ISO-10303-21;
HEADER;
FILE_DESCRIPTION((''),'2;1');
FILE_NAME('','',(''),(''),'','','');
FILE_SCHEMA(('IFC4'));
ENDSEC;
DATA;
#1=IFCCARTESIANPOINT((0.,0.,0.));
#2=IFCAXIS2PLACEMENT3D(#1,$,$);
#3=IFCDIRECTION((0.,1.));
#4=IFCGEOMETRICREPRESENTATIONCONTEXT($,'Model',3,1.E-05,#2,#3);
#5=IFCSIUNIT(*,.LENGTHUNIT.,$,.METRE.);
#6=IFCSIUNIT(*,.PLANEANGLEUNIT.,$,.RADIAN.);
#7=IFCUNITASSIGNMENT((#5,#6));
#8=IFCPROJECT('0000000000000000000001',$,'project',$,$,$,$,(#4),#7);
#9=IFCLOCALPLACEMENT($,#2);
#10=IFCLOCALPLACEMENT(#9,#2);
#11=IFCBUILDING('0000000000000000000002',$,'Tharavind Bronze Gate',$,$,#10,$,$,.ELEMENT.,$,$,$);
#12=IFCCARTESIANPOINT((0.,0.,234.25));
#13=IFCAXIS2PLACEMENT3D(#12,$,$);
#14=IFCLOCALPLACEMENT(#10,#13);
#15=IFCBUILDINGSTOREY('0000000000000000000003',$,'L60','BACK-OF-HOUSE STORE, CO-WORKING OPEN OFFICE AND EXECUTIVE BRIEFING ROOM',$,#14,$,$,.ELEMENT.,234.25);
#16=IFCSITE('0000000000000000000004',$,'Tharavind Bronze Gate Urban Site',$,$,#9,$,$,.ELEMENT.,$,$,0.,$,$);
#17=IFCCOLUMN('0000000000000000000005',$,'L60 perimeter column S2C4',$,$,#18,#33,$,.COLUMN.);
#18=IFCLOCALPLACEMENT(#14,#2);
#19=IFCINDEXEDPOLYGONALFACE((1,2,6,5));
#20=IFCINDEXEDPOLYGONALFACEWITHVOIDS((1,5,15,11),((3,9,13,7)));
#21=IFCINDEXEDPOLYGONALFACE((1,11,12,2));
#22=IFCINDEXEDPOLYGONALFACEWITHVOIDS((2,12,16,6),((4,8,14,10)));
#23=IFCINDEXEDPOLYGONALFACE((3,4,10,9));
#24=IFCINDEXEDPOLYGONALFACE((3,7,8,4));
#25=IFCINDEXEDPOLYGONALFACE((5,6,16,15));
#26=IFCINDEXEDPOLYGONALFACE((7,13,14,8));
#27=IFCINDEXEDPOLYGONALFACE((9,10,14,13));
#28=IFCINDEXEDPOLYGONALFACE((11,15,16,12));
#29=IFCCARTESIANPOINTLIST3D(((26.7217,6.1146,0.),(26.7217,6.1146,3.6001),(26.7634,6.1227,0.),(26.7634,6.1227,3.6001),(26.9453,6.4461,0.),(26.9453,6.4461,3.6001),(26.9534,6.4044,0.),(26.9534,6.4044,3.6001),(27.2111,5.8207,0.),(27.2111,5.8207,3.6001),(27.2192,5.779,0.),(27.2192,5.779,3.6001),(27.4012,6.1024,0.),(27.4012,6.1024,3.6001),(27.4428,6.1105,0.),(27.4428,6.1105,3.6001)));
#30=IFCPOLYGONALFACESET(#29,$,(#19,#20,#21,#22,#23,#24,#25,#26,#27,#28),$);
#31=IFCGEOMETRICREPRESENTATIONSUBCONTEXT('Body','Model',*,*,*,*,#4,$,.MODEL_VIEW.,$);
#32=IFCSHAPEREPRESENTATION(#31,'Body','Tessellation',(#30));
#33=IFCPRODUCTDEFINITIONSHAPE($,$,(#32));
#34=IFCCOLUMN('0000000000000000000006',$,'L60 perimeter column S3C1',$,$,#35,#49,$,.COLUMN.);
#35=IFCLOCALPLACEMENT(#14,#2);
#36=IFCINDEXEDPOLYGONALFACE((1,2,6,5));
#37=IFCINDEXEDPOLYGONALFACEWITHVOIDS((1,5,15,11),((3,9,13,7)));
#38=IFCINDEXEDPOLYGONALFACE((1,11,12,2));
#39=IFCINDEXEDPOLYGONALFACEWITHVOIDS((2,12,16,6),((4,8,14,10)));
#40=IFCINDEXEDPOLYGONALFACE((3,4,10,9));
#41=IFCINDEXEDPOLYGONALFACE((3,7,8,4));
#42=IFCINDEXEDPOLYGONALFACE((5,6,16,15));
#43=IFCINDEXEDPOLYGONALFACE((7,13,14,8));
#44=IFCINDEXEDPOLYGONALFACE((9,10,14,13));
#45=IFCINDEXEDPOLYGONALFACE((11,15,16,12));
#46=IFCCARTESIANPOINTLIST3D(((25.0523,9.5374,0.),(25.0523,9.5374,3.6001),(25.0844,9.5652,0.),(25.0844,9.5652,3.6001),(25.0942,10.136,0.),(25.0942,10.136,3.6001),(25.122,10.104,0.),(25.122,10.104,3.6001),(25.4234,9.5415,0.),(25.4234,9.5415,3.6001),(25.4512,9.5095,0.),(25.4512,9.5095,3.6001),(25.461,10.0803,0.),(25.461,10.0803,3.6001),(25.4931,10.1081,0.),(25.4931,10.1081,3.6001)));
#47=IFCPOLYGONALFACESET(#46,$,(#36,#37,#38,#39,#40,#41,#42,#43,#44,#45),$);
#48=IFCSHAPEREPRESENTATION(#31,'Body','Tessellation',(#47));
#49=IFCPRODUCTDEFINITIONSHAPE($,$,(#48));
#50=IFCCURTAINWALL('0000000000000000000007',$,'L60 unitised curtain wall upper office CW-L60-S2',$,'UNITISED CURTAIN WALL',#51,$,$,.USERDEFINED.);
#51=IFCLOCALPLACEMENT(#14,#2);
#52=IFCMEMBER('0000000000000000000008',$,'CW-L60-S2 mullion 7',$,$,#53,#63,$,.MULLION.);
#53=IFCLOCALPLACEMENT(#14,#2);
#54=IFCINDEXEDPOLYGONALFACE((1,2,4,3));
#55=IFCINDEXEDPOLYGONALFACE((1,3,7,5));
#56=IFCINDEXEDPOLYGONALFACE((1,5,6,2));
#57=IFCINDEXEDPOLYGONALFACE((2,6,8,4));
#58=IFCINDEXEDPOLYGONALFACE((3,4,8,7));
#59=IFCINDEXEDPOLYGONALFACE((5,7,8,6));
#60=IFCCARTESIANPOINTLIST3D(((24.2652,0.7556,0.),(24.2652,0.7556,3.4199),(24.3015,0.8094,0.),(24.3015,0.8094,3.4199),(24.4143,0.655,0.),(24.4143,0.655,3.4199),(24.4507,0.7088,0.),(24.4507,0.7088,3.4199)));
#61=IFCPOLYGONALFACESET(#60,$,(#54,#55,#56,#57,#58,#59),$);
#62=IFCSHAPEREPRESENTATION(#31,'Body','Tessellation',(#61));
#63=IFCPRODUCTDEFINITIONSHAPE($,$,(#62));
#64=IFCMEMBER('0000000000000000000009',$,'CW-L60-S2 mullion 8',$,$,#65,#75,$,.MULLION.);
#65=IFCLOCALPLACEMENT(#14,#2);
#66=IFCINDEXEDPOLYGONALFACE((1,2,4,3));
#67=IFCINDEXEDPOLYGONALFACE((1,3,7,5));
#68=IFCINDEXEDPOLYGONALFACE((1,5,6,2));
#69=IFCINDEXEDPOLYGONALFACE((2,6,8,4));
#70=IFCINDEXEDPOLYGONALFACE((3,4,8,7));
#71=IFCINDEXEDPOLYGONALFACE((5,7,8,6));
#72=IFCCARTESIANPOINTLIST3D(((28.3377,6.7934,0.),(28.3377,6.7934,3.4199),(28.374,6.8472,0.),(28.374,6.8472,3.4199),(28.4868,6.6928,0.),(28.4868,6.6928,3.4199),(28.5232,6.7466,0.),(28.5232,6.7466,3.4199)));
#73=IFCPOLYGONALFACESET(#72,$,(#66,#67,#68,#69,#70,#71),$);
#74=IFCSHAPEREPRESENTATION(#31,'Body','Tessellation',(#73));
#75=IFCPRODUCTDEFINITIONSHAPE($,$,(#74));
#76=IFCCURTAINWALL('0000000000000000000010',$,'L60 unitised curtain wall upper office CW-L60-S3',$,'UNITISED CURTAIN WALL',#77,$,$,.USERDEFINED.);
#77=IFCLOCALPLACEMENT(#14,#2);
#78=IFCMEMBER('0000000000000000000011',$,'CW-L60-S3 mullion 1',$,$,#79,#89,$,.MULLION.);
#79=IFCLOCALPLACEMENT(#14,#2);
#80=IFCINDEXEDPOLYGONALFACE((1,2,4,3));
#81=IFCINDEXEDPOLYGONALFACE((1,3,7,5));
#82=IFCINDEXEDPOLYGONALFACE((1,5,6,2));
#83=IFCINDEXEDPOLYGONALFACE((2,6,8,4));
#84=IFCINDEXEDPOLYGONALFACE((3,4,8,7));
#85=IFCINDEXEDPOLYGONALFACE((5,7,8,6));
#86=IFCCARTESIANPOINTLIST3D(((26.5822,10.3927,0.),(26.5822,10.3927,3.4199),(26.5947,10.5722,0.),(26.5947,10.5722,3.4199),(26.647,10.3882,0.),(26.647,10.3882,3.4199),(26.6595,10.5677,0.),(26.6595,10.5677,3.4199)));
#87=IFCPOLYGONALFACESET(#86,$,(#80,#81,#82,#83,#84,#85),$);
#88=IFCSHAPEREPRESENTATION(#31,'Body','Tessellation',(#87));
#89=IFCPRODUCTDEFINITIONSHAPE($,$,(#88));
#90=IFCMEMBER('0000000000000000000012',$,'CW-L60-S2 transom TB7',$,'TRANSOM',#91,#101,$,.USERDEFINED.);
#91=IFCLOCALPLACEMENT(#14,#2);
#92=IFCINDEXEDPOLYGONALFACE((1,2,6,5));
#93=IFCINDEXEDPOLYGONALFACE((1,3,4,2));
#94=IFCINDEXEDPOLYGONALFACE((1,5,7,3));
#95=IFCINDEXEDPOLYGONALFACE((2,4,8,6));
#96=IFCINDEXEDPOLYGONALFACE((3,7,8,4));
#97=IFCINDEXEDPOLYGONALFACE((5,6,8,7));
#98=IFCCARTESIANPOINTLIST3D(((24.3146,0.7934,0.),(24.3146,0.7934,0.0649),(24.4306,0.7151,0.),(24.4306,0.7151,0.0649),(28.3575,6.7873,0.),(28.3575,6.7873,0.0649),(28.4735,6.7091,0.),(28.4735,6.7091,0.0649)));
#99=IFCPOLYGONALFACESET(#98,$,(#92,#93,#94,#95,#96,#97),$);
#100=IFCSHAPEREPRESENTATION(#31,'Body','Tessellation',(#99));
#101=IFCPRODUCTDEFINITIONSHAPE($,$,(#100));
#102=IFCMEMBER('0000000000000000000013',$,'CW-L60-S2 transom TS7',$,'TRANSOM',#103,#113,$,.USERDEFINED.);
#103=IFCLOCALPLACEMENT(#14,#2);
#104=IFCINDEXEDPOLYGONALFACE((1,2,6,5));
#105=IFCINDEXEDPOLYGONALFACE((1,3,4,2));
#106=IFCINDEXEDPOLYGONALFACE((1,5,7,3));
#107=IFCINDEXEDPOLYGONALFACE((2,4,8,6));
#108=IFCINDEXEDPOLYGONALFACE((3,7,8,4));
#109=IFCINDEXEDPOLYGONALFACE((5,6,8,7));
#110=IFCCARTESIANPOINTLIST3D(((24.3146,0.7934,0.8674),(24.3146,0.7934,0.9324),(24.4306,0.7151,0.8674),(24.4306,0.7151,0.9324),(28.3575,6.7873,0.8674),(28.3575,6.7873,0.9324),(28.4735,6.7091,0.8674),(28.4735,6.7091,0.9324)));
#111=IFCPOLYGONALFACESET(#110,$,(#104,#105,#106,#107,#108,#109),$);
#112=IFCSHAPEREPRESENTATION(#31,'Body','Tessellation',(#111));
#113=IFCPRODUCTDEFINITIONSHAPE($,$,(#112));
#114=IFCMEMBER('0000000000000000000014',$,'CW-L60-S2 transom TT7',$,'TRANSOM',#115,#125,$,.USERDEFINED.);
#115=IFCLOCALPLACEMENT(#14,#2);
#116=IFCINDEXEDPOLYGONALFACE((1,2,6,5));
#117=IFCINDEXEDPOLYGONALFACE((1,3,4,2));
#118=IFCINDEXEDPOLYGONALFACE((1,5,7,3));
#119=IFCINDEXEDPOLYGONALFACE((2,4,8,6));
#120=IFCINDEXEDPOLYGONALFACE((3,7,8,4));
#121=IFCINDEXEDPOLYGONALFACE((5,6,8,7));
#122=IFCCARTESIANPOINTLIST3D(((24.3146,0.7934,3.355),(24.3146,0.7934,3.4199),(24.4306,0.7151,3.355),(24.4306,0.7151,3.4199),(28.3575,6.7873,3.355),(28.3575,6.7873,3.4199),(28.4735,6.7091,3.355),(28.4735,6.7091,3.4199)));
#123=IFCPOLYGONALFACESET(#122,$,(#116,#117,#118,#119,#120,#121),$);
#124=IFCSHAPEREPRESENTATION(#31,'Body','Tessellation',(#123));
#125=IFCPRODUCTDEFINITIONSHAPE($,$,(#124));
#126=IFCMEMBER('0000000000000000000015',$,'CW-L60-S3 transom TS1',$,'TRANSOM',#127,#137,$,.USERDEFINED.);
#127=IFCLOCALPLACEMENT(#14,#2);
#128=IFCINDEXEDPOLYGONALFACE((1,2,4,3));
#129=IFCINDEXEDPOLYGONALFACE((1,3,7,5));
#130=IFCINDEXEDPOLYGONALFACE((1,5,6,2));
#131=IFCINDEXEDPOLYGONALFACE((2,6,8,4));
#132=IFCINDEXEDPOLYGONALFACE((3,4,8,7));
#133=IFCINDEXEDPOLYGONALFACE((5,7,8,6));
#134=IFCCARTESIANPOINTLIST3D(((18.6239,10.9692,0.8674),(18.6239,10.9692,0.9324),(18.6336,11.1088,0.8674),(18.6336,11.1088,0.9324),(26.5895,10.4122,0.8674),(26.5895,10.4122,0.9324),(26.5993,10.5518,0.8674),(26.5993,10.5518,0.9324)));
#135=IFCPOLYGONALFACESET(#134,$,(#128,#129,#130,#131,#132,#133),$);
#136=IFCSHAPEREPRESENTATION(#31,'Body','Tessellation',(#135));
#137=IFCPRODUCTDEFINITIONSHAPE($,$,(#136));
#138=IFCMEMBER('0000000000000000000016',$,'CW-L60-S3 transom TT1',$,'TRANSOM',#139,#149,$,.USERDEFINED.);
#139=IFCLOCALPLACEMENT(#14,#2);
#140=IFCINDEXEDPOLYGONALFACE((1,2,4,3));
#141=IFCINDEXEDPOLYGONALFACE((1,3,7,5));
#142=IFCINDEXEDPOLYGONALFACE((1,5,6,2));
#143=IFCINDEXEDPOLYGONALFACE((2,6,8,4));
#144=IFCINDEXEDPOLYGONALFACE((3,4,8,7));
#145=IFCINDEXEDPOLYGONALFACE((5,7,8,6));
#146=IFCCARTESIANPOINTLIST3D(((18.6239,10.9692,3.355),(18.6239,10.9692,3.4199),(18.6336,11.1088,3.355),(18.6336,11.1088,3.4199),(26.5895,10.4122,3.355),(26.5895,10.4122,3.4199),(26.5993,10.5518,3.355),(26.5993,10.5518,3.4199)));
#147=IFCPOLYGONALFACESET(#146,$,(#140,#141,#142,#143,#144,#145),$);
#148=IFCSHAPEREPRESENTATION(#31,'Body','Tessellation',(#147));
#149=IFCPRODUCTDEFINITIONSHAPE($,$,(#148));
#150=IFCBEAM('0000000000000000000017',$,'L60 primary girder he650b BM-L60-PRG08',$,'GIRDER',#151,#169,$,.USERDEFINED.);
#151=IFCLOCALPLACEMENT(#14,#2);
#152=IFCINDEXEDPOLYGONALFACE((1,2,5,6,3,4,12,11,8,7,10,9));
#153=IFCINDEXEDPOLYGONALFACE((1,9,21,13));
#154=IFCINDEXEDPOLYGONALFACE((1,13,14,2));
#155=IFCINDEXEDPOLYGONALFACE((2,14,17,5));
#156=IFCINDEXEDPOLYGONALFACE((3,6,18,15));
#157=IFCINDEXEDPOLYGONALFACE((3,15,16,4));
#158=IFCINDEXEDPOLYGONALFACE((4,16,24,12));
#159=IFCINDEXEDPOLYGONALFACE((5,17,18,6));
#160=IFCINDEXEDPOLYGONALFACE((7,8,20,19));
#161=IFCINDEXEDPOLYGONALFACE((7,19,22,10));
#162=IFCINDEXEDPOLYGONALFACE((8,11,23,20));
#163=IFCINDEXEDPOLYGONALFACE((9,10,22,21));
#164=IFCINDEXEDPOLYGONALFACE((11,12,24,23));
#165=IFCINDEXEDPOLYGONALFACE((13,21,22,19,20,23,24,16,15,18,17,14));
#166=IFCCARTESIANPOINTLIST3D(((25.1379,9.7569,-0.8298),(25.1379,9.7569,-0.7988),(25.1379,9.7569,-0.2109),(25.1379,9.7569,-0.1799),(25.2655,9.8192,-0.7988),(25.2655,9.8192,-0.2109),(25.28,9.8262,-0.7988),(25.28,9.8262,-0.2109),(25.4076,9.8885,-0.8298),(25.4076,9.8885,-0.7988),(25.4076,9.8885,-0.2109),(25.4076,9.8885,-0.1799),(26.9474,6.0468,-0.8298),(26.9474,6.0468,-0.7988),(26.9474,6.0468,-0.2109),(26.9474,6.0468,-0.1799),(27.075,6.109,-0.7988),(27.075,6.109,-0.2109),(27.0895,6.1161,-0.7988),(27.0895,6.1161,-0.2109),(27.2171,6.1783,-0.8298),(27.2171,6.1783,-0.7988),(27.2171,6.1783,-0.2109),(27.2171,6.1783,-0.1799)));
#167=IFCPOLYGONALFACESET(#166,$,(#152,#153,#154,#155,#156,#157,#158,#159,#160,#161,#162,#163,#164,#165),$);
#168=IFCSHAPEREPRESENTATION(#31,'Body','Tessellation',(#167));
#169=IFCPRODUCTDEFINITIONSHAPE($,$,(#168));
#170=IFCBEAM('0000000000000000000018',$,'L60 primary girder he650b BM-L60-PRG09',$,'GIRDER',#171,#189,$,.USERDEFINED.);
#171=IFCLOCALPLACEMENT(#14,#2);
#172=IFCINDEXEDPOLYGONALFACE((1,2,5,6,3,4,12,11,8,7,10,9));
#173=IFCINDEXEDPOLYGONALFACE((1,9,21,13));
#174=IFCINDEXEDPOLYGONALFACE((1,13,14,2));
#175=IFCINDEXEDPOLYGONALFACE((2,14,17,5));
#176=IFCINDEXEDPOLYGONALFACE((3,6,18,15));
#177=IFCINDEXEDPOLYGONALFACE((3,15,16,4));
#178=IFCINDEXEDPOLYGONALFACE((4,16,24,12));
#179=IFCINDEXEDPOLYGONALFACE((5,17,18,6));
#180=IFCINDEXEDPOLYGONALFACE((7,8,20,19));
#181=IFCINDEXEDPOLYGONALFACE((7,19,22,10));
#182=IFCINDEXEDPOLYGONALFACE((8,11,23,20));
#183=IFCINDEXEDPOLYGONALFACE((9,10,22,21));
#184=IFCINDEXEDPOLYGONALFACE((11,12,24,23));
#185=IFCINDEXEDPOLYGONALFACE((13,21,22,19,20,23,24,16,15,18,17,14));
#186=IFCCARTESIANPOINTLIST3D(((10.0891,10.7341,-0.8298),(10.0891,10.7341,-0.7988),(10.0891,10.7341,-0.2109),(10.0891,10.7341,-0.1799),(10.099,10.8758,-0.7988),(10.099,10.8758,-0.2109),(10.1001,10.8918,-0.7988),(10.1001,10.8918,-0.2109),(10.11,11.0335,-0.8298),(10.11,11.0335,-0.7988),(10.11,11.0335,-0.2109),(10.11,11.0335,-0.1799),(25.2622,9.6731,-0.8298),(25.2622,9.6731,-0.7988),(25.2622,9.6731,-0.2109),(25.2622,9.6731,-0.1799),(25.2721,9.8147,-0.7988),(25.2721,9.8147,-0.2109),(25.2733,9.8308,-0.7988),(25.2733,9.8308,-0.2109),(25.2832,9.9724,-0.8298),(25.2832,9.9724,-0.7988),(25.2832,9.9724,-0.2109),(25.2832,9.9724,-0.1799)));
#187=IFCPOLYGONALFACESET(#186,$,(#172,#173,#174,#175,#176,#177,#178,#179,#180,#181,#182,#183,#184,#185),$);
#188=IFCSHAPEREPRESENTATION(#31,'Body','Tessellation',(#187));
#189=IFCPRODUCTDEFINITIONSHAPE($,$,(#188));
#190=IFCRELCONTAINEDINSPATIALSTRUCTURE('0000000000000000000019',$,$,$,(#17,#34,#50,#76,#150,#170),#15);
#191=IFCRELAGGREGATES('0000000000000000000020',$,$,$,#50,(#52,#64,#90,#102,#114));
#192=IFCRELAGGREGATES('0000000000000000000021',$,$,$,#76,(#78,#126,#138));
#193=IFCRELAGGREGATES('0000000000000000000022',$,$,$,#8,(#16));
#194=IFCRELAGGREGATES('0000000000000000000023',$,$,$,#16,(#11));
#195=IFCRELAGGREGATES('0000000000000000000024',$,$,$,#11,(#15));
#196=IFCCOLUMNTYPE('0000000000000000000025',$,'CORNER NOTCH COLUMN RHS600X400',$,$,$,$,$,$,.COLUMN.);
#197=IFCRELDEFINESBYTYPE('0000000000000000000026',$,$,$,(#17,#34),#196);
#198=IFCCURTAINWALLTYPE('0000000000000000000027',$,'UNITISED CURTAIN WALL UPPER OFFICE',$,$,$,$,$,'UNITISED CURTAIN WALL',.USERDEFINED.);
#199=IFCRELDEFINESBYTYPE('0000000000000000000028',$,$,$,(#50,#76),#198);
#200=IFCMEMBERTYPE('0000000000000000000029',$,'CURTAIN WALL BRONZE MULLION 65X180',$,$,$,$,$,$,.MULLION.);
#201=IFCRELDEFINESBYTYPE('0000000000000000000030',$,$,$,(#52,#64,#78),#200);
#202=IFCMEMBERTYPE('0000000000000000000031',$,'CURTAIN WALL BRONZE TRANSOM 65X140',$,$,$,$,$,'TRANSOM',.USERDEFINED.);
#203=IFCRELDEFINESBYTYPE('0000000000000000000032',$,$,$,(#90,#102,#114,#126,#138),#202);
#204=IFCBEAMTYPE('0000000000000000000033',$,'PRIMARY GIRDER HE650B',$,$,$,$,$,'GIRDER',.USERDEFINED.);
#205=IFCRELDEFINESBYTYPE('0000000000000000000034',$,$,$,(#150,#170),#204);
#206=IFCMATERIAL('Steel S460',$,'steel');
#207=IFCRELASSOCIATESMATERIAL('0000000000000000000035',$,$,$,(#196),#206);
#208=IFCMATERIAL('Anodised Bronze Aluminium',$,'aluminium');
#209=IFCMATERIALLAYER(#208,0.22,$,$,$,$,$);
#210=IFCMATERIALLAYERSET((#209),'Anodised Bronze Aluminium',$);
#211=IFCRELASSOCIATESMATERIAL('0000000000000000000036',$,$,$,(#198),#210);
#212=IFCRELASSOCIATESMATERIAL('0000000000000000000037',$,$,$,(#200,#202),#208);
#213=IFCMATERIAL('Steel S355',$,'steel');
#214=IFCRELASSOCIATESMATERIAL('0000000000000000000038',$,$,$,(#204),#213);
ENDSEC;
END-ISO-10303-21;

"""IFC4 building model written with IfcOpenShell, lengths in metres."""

from ifc_helpers import new_model, si_unit, direction, frame, origin, origin_2d, place, context, subcontext, project, spatial, rectangle, hollow_rectangle, i_section, extrude, material, layer, layer_set, material_profile, profile_set, type_object, element, aggregate, save


model = new_model("IFC4")

# Units and contexts
model_context = context("Model", 3, precision=1e-05, world=origin(), true_north=direction((0.0, 1.0)))
body_context = subcontext(model_context, "Body", "Model", "MODEL_VIEW")
ifc_project = project(units=[si_unit("LENGTHUNIT", "METRE"), si_unit("PLANEANGLEUNIT", "RADIAN")], contexts=[model_context])

# Site, building, storey
site_placement = place(None, origin())
site = spatial("IfcSite", under=ifc_project, at=site_placement, Name="Tharavind Bronze Gate Urban Site", CompositionType="ELEMENT", RefElevation=0.0)
building_placement = place(site_placement, origin())
building = spatial("IfcBuilding", under=site, at=building_placement, Name="Tharavind Bronze Gate", CompositionType="ELEMENT")
storey_placement = place(building_placement, frame((0.0, 0.0, 234.25)))
storey = spatial("IfcBuildingStorey", under=building, at=storey_placement, Name="L60", Description="BACK-OF-HOUSE STORE, CO-WORKING OPEN OFFICE AND EXECUTIVE BRIEFING ROOM", CompositionType="ELEMENT", Elevation=234.25)

# Columns
ifc_material_1 = material(Name="Steel S460", Category="steel")
ifc_material_profile_1 = material_profile(ifc_material_1, hollow_rectangle(XDim=0.3999, YDim=0.6001, WallThickness=0.03, at=origin_2d()), Name="RHS600X400X30")
ifc_profile_set_1 = profile_set([ifc_material_profile_1], Name="Steel S460")
column_type = type_object("IfcColumnType", Name="CORNER NOTCH COLUMN RHS600X400", PredefinedType="COLUMN", material=ifc_profile_set_1)
for number, where, z_axis, x_axis, name in (
    (1, (27.0823, 6.1125, 0.0), (0.0, 0.0, 1.0), (0.559194, 0.829037, 0.0), "L60 perimeter column S2C4"),
    (2, (25.2727, 9.8228, 0.0), (0.0, 0.0, 1.0), (-0.997564, 0.069756, 0.0), "L60 perimeter column S3C1"),
):
    element("IfcColumn", number, at=place(storey_placement, frame(where, z_axis=z_axis, x_axis=x_axis)), inside=storey, type_object=column_type, Name=name, PredefinedType="COLUMN", context=body_context, shape_type="SweptSolid", body=[
        extrude(hollow_rectangle(XDim=0.3999, YDim=0.6001, WallThickness=0.03, at=origin_2d()), origin(), (0.0, 0.0, 1.0), 3.6001),
    ])

# Curtain wall, members
ifc_material_2 = material(Name="Anodised Bronze Aluminium", Category="aluminium")
ifc_layer_1 = layer(ifc_material_2, 0.22)
ifc_layer_set_1 = layer_set([ifc_layer_1], Name="Anodised Bronze Aluminium")
curtain_wall_type = type_object("IfcCurtainWallType", Name="UNITISED CURTAIN WALL UPPER OFFICE", ElementType="UNITISED CURTAIN WALL", PredefinedType="USERDEFINED", material=ifc_layer_set_1)
curtain_wall_1_placement = place(storey_placement, origin())
curtain_wall_1 = element("IfcCurtainWall", 3, at=curtain_wall_1_placement, inside=storey, type_object=curtain_wall_type, Name="L60 unitised curtain wall upper office CW-L60-S2", ObjectType="UNITISED CURTAIN WALL", PredefinedType="USERDEFINED")
member_type_1 = type_object("IfcMemberType", Name="CURTAIN WALL BRONZE MULLION 65X180", PredefinedType="MULLION", material=ifc_material_2)
member_1_placement = place(storey_placement, frame((24.3579, 0.7322, 0.0), z_axis=(0.0, 0.0, 1.0), x_axis=(0.559193, 0.829038, 0.0)))
member_1 = element("IfcMember", 4, at=member_1_placement, type_object=member_type_1, Name="CW-L60-S2 mullion 7", PredefinedType="MULLION", context=body_context, shape_type="SweptSolid", body=[
    extrude(rectangle(XDim=0.0649, YDim=0.1799, at=origin_2d()), origin(), (0.0, 0.0, 1.0), 3.4199),
])
member_2_placement = place(storey_placement, frame((28.4304, 6.77, 0.0), z_axis=(0.0, 0.0, 1.0), x_axis=(0.559193, 0.829038, 0.0)))
member_2 = element("IfcMember", 5, at=member_2_placement, type_object=member_type_1, Name="CW-L60-S2 mullion 8", PredefinedType="MULLION", context=body_context, shape_type="SweptSolid", body=[
    extrude(rectangle(XDim=0.0649, YDim=0.1799, at=origin_2d()), origin(), (0.0, 0.0, 1.0), 3.4199),
])

# Curtain wall, member
curtain_wall_2_placement = place(storey_placement, origin())
curtain_wall_2 = element("IfcCurtainWall", 6, at=curtain_wall_2_placement, inside=storey, type_object=curtain_wall_type, Name="L60 unitised curtain wall upper office CW-L60-S3", ObjectType="UNITISED CURTAIN WALL", PredefinedType="USERDEFINED")
member_3_placement = place(storey_placement, frame((26.6208, 10.4802, 0.0), z_axis=(0.0, 0.0, 1.0), x_axis=(-0.997564, 0.069758, 0.0)))
member_3 = element("IfcMember", 7, at=member_3_placement, type_object=member_type_1, Name="CW-L60-S3 mullion 1", PredefinedType="MULLION", context=body_context, shape_type="SweptSolid", body=[
    extrude(rectangle(XDim=0.0649, YDim=0.1799, at=origin_2d()), origin(), (0.0, 0.0, 1.0), 3.4199),
])

# Members
member_type_2 = type_object("IfcMemberType", Name="CURTAIN WALL BRONZE TRANSOM 65X140", ElementType="TRANSOM", PredefinedType="USERDEFINED", material=ifc_material_2)
member_4_placement = place(storey_placement, frame((26.394, 3.7512, 0.0), z_axis=(0.0, 0.0, 1.0), x_axis=(0.559193, 0.829038, 0.0)))
member_4 = element("IfcMember", 8, at=member_4_placement, type_object=member_type_2, Name="CW-L60-S2 transom TB7", ObjectType="TRANSOM", PredefinedType="USERDEFINED", context=body_context, shape_type="SweptSolid", body=[
    extrude(rectangle(XDim=7.23, YDim=0.1399, at=origin_2d()), origin(), (0.0, 0.0, 1.0), 0.0649),
])
member_5_placement = place(storey_placement, frame((26.394, 3.7512, 0.8674), z_axis=(0.0, 0.0, 1.0), x_axis=(0.559193, 0.829038, 0.0)))
member_5 = element("IfcMember", 9, at=member_5_placement, type_object=member_type_2, Name="CW-L60-S2 transom TS7", ObjectType="TRANSOM", PredefinedType="USERDEFINED", context=body_context, shape_type="SweptSolid", body=[
    extrude(rectangle(XDim=7.23, YDim=0.1399, at=origin_2d()), origin(), (0.0, 0.0, 1.0), 0.0649),
])
member_6_placement = place(storey_placement, frame((26.394, 3.7512, 3.355), z_axis=(0.0, 0.0, 1.0), x_axis=(0.559193, 0.829038, 0.0)))
member_6 = element("IfcMember", 10, at=member_6_placement, type_object=member_type_2, Name="CW-L60-S2 transom TT7", ObjectType="TRANSOM", PredefinedType="USERDEFINED", context=body_context, shape_type="SweptSolid", body=[
    extrude(rectangle(XDim=7.23, YDim=0.1399, at=origin_2d()), origin(), (0.0, 0.0, 1.0), 0.0649),
])
member_7_placement = place(storey_placement, frame((22.6116, 10.7605, 0.8674), z_axis=(0.0, 0.0, 1.0), x_axis=(-0.997564, 0.069758, 0.0)))
member_7 = element("IfcMember", 11, at=member_7_placement, type_object=member_type_2, Name="CW-L60-S3 transom TS1", ObjectType="TRANSOM", PredefinedType="USERDEFINED", context=body_context, shape_type="SweptSolid", body=[
    extrude(rectangle(XDim=7.9851, YDim=0.1399, at=origin_2d()), origin(), (0.0, 0.0, 1.0), 0.0649),
])
member_8_placement = place(storey_placement, frame((22.6116, 10.7605, 3.355), z_axis=(0.0, 0.0, 1.0), x_axis=(-0.997564, 0.069758, 0.0)))
member_8 = element("IfcMember", 12, at=member_8_placement, type_object=member_type_2, Name="CW-L60-S3 transom TT1", ObjectType="TRANSOM", PredefinedType="USERDEFINED", context=body_context, shape_type="SweptSolid", body=[
    extrude(rectangle(XDim=7.9851, YDim=0.1399, at=origin_2d()), origin(), (0.0, 0.0, 1.0), 0.0649),
])

# Beams
ifc_material_3 = material(Name="Steel S355", Category="steel")
ifc_material_profile_2 = material_profile(ifc_material_3, i_section(OverallWidth=0.3, OverallDepth=0.6499, WebThickness=0.0161, FlangeThickness=0.031, at=origin_2d()), Name="HE650B")
ifc_profile_set_2 = profile_set([ifc_material_profile_2], Name="Steel S355")
beam_type_1 = type_object("IfcBeamType", Name="PRIMARY GIRDER HE650B", ElementType="GIRDER", PredefinedType="USERDEFINED", material=ifc_profile_set_2)
beam_1_placement = place(storey_placement, frame((27.0823, 6.1125, -0.5049), z_axis=(-0.438368, 0.898796, 0.0), x_axis=(-0.898796, -0.438368, 0.0)))
element("IfcBeam", 13, at=beam_1_placement, inside=storey, type_object=beam_type_1, Name="L60 primary girder he650b BM-L60-PRG08", ObjectType="GIRDER", PredefinedType="USERDEFINED", context=body_context, shape_type="SweptSolid", body=[
    extrude(i_section(OverallWidth=0.3, OverallDepth=0.6499, WebThickness=0.0161, FlangeThickness=0.031, at=origin_2d()), origin(), (0.0, 0.0, 1.0), 4.1279),
])
beam_2_placement = place(storey_placement, frame((25.2727, 9.8228, -0.5049), z_axis=(-0.997564, 0.069758, 0.0), x_axis=(-0.069758, -0.997564, 0.0)))
element("IfcBeam", 14, at=beam_2_placement, inside=storey, type_object=beam_type_1, Name="L60 primary girder he650b BM-L60-PRG09", ObjectType="GIRDER", PredefinedType="USERDEFINED", context=body_context, shape_type="SweptSolid", body=[
    extrude(i_section(OverallWidth=0.3, OverallDepth=0.6499, WebThickness=0.0161, FlangeThickness=0.031, at=origin_2d()), origin(), (0.0, 0.0, 1.0), 15.2102),
])

aggregate(curtain_wall_1, [member_1, member_2, member_4, member_5, member_6])
aggregate(curtain_wall_2, [member_3, member_7, member_8])

save(model, "model.ifc")
